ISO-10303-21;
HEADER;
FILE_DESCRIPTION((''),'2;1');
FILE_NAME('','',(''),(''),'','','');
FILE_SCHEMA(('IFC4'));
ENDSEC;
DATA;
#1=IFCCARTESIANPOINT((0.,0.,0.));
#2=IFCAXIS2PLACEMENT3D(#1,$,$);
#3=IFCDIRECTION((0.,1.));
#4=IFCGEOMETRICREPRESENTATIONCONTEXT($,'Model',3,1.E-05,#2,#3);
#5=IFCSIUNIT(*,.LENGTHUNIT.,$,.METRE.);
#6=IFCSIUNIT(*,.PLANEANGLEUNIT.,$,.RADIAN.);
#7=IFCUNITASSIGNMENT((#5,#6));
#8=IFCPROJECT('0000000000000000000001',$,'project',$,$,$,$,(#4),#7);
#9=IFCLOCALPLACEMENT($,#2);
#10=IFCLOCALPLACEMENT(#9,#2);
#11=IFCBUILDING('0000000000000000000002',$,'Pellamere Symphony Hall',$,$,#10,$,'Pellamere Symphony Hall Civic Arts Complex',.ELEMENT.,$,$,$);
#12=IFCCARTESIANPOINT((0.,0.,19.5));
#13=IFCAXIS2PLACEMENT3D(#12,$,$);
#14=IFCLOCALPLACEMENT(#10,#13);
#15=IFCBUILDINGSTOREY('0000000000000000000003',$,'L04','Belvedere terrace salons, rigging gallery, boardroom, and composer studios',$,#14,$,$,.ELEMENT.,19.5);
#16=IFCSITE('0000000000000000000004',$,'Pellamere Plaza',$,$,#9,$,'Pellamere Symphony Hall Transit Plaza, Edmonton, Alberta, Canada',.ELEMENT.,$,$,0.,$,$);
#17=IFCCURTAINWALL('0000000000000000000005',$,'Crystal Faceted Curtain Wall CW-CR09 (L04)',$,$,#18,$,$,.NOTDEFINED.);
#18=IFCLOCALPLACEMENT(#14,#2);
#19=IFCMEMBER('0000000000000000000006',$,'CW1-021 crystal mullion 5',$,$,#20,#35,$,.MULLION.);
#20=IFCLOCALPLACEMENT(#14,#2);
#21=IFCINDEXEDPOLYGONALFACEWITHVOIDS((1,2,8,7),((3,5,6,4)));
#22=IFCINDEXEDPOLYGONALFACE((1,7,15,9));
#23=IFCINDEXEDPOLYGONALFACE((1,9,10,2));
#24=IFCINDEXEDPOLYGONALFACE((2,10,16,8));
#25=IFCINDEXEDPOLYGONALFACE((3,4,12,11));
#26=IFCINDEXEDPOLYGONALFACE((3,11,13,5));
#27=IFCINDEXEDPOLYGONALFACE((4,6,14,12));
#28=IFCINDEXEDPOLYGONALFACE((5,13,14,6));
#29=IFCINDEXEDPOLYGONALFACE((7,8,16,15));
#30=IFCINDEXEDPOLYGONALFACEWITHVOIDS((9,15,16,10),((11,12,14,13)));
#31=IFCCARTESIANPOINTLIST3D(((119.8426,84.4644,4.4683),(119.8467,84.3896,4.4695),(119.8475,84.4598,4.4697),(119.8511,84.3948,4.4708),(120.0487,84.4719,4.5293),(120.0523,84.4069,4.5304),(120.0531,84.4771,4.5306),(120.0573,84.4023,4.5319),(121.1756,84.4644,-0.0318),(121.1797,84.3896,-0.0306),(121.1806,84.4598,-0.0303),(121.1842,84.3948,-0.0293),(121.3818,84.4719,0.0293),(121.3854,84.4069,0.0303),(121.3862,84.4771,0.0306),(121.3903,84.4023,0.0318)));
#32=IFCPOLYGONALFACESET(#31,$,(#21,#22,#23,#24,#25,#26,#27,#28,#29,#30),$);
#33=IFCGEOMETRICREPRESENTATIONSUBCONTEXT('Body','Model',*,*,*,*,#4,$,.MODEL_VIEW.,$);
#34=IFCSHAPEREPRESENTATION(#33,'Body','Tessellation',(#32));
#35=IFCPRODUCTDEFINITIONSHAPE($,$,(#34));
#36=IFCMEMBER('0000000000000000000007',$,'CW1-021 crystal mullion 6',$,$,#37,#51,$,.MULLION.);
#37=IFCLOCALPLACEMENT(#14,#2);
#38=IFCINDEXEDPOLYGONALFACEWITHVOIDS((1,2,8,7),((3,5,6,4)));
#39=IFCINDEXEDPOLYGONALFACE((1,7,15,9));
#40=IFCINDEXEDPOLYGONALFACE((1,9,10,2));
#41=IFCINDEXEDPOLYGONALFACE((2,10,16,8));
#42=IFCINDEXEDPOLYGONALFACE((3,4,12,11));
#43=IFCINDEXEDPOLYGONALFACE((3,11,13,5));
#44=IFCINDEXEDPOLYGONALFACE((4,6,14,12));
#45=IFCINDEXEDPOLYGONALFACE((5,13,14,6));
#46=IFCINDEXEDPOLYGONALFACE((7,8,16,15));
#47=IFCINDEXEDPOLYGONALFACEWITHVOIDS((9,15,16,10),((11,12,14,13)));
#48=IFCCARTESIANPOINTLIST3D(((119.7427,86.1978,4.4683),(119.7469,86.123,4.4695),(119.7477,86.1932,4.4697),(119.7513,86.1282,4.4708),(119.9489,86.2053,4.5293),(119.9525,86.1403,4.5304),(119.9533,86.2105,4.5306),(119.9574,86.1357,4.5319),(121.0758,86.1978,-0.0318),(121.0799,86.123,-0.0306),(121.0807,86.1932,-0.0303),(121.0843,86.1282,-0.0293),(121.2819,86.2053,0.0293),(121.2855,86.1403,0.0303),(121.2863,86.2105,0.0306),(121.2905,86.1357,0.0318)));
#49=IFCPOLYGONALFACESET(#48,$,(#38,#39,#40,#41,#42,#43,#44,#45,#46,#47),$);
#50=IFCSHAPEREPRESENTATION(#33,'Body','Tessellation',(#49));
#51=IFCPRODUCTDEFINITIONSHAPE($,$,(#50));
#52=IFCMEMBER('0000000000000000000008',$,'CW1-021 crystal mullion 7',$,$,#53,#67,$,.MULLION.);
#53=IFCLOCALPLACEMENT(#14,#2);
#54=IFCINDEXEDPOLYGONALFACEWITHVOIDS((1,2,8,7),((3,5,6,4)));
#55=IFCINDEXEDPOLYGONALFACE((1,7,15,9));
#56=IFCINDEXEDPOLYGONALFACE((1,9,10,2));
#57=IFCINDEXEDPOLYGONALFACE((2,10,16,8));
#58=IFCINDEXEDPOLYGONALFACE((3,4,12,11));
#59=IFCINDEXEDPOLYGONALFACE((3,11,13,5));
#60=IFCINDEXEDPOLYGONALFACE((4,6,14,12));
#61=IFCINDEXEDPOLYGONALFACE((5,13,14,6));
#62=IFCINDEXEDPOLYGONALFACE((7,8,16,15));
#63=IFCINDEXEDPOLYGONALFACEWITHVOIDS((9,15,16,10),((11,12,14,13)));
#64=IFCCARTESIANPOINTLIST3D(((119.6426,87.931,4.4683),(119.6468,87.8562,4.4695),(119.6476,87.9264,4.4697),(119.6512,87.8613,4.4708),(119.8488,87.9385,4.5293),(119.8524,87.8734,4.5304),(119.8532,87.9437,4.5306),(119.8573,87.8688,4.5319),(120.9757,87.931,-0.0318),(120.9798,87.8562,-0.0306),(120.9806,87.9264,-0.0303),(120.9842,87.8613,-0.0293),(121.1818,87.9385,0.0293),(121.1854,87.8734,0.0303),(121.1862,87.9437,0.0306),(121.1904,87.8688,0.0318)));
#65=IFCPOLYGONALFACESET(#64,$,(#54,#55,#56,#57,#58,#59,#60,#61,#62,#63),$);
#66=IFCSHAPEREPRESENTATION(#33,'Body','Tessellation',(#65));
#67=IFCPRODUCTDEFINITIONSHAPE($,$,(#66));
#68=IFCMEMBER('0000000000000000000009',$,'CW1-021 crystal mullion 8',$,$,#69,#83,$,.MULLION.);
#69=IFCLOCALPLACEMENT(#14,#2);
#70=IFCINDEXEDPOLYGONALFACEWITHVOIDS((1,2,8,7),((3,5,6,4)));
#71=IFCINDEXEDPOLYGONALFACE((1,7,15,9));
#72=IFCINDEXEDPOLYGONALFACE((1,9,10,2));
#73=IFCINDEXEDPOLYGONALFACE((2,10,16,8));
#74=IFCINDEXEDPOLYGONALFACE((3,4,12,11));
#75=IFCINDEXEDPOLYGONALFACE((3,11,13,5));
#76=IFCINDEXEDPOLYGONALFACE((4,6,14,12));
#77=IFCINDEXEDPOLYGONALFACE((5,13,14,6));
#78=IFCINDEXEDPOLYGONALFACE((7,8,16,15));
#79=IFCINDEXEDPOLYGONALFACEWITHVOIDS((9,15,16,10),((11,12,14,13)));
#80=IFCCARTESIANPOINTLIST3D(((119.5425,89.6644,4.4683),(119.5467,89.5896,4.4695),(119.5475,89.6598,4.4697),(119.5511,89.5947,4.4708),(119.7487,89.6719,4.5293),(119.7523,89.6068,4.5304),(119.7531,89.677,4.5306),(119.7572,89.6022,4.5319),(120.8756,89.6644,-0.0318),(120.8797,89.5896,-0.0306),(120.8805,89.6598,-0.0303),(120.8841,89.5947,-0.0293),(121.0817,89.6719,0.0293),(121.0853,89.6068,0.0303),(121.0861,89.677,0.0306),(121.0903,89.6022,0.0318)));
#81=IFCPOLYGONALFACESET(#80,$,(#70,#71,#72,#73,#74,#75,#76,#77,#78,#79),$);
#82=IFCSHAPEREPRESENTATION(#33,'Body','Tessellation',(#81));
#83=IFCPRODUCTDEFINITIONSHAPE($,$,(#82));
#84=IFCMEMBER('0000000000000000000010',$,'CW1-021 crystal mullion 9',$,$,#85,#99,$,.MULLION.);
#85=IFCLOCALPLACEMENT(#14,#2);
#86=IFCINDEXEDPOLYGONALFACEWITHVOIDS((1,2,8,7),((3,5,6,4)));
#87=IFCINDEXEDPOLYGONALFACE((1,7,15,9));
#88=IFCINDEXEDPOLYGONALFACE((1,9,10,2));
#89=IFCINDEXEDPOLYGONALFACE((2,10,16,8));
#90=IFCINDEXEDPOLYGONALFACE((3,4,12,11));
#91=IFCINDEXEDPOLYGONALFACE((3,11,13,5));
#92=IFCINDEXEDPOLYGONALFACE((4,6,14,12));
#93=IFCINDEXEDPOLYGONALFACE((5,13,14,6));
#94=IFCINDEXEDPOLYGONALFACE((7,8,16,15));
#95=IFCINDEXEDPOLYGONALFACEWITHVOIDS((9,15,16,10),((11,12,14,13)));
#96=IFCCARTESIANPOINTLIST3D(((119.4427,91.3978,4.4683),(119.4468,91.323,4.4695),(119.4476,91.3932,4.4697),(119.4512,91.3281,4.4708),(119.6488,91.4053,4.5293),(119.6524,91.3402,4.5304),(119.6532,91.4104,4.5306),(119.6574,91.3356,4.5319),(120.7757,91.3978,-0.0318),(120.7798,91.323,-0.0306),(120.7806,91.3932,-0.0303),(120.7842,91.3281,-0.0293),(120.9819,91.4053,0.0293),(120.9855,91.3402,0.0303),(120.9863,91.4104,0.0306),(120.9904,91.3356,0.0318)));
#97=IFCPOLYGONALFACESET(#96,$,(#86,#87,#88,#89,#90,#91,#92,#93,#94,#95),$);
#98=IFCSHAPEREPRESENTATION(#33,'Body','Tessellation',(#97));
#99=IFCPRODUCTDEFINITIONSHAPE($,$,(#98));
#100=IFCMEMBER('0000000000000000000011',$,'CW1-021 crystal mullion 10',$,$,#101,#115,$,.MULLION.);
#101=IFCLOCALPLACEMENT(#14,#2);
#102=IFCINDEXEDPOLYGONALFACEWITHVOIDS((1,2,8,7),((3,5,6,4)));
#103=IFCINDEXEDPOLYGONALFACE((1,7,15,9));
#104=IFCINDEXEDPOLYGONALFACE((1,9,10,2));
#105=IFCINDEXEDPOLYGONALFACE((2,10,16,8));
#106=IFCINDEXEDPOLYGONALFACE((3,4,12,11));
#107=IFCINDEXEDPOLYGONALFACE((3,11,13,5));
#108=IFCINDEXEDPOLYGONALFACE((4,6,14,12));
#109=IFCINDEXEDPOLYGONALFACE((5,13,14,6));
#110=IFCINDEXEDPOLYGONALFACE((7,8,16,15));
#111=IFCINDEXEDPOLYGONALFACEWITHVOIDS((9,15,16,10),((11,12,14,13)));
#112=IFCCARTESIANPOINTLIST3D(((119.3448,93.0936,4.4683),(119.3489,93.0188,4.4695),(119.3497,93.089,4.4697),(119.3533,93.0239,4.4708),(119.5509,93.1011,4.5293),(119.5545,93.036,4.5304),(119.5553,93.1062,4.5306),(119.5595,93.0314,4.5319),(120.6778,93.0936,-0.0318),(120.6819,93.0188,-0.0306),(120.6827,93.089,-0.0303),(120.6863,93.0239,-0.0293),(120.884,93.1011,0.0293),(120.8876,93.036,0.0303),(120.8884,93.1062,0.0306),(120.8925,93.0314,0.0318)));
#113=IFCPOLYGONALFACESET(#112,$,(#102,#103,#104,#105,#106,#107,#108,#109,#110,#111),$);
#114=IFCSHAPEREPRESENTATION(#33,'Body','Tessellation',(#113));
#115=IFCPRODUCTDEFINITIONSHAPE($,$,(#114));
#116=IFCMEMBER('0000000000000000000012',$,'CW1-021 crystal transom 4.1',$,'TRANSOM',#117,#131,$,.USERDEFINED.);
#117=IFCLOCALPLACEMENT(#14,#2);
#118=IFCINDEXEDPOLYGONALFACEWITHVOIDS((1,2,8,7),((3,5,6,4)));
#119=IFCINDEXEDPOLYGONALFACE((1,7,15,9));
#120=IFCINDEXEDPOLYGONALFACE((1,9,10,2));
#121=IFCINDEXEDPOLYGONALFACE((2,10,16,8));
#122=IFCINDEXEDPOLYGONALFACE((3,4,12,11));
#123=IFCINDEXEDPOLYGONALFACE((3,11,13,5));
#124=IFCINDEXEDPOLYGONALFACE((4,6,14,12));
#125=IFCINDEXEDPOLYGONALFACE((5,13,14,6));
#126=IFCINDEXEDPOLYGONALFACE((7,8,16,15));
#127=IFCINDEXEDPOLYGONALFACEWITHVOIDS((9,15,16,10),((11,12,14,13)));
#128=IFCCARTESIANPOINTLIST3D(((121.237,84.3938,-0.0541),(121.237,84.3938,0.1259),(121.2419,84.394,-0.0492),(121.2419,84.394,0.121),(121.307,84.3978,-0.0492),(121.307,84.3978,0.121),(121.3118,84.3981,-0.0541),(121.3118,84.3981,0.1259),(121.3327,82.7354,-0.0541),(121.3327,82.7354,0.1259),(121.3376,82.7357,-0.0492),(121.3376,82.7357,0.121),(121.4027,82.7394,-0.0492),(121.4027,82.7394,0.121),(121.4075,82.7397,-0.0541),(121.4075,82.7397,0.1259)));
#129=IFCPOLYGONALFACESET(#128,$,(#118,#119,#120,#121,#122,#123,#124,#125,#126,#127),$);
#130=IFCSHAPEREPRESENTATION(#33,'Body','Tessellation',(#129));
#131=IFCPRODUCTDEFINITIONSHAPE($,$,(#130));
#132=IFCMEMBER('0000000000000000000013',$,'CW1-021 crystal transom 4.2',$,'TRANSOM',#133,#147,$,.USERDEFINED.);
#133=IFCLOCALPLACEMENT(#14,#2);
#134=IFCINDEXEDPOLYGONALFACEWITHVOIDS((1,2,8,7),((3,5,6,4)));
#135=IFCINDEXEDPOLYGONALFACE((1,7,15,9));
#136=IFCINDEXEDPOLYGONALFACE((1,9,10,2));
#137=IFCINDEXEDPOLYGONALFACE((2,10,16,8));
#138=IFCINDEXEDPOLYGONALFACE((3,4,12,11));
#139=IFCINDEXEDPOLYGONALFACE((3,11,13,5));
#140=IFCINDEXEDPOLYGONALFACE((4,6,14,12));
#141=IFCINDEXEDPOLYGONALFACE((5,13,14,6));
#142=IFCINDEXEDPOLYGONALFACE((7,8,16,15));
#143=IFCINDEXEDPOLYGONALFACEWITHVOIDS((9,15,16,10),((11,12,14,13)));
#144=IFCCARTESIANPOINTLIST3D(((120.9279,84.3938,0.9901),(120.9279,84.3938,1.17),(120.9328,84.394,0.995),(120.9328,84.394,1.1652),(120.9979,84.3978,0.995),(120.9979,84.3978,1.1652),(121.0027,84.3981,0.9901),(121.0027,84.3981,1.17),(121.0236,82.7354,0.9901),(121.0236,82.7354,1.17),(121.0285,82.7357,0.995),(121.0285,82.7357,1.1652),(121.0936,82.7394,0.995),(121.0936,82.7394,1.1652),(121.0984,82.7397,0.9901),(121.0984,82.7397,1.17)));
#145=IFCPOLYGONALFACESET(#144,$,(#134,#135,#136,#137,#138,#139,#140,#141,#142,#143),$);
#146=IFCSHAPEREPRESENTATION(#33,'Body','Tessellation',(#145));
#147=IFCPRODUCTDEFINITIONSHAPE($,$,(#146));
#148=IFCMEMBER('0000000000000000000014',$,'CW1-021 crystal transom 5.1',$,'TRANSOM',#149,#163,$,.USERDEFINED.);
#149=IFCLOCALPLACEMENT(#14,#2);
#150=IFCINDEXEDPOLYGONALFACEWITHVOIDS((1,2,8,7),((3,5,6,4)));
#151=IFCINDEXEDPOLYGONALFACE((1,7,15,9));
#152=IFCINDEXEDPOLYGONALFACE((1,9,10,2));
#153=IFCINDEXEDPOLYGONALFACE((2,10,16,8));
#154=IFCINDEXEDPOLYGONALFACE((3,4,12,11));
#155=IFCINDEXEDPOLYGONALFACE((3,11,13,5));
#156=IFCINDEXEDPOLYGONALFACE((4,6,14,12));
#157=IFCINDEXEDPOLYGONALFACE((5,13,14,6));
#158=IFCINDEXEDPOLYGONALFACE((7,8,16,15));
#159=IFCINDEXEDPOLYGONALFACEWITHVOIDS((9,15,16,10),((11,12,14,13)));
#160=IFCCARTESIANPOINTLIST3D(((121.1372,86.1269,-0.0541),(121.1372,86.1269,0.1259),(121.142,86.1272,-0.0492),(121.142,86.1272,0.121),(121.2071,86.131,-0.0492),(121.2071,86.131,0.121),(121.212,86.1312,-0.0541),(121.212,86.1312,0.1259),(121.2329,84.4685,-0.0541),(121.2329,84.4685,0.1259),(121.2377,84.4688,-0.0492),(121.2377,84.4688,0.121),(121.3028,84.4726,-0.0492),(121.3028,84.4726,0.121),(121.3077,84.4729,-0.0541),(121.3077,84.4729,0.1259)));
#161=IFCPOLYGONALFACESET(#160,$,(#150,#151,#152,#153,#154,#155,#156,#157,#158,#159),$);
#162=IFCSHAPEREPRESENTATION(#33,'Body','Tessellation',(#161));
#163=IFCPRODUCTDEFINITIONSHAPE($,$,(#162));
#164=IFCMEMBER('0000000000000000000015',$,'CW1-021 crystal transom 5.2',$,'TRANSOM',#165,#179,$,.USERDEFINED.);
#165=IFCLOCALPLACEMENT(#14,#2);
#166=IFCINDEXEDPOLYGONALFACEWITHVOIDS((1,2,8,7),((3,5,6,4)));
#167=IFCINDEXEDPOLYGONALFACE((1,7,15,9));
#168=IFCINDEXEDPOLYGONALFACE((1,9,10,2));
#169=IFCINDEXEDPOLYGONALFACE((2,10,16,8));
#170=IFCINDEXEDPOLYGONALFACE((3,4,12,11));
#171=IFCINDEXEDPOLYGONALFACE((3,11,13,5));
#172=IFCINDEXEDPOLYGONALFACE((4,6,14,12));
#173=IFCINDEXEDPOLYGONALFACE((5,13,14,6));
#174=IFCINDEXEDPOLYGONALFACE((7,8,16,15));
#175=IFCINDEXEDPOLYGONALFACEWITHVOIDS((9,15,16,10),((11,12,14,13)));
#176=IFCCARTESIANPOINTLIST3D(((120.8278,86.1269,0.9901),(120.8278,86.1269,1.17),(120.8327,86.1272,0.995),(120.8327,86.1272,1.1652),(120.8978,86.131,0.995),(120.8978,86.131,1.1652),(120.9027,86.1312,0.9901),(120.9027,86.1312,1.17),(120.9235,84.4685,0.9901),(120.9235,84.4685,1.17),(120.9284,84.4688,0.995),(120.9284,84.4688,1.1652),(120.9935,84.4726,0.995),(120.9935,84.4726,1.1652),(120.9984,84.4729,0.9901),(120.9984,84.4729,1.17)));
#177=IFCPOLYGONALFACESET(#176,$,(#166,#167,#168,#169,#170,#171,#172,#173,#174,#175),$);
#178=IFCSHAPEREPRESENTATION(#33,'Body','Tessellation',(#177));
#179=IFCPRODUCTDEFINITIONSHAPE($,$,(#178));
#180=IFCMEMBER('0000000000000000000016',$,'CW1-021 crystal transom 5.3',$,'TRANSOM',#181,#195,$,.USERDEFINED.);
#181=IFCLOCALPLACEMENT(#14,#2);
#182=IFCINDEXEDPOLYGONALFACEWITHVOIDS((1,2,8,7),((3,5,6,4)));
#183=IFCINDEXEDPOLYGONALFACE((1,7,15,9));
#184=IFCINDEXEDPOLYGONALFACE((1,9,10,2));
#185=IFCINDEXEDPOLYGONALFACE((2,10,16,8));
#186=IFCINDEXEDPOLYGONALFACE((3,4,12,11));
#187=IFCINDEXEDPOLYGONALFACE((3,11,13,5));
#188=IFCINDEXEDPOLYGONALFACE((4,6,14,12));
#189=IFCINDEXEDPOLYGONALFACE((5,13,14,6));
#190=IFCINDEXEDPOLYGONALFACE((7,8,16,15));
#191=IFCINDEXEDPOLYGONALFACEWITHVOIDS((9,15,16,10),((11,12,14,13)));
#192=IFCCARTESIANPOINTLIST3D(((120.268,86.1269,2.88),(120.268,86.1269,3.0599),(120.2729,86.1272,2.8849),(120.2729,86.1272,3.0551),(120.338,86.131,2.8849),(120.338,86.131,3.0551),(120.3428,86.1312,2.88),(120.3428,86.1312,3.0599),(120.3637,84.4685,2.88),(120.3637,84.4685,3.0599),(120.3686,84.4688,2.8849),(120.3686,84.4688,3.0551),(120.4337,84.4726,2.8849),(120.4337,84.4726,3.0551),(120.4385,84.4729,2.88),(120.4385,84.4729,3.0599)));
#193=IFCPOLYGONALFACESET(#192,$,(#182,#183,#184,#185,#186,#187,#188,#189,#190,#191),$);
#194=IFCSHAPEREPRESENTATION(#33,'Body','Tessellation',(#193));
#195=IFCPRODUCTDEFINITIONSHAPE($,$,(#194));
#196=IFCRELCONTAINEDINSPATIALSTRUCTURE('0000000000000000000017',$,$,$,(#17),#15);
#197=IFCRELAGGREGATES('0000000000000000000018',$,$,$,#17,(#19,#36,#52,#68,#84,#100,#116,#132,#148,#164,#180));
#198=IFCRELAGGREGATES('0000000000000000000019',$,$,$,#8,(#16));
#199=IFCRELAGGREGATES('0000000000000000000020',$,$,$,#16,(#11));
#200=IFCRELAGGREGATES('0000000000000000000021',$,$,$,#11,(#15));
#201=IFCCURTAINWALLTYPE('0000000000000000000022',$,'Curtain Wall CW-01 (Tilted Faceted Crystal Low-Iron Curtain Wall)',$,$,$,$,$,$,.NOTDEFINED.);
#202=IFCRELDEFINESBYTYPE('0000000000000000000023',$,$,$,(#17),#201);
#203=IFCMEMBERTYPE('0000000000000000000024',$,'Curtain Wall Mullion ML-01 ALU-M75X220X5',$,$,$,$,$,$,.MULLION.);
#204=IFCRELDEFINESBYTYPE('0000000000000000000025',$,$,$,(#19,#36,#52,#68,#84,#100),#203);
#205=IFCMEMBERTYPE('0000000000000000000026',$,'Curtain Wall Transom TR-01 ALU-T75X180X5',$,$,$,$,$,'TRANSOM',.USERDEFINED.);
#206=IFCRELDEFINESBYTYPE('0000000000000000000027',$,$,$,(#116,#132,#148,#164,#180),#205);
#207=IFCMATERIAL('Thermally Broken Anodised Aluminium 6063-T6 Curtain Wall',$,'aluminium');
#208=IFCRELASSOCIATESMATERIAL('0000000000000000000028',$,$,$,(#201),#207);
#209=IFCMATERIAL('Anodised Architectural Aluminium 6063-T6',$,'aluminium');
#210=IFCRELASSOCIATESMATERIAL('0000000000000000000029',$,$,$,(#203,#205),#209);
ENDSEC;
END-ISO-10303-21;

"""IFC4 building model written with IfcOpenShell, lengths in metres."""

from ifc_helpers import new_model, si_unit, direction, frame, origin, origin_2d, place, context, subcontext, project, spatial, hollow_rectangle, extrude, material, material_profile, profile_set, type_object, element, aggregate, save


model = new_model("IFC4")

# Units and contexts
model_context = context("Model", 3, precision=1e-05, world=origin(), true_north=direction((0.0, 1.0)))
body_context = subcontext(model_context, "Body", "Model", "MODEL_VIEW")
ifc_project = project(units=[si_unit("LENGTHUNIT", "METRE"), si_unit("PLANEANGLEUNIT", "RADIAN")], contexts=[model_context])

# Site, building, storey
site_placement = place(None, origin())
site = spatial("IfcSite", under=ifc_project, at=site_placement, Name="Pellamere Plaza", LongName="Pellamere Symphony Hall Transit Plaza, Edmonton, Alberta, Canada", CompositionType="ELEMENT", RefElevation=0.0)
building_placement = place(site_placement, origin())
building = spatial("IfcBuilding", under=site, at=building_placement, Name="Pellamere Symphony Hall", LongName="Pellamere Symphony Hall Civic Arts Complex", CompositionType="ELEMENT")
storey_placement = place(building_placement, frame((0.0, 0.0, 19.5)))
storey = spatial("IfcBuildingStorey", under=building, at=storey_placement, Name="L04", Description="Belvedere terrace salons, rigging gallery, boardroom, and composer studios", CompositionType="ELEMENT", Elevation=19.5)

# Curtain wall, members
ifc_material_1 = material(Name="Thermally Broken Anodised Aluminium 6063-T6 Curtain Wall", Category="aluminium")
curtain_wall_type = type_object("IfcCurtainWallType", Name="Curtain Wall CW-01 (Tilted Faceted Crystal Low-Iron Curtain Wall)", PredefinedType="NOTDEFINED", material=ifc_material_1)
curtain_wall_placement = place(storey_placement, origin())
curtain_wall = element("IfcCurtainWall", 1, at=curtain_wall_placement, inside=storey, type_object=curtain_wall_type, Name="Crystal Faceted Curtain Wall CW-CR09 (L04)", PredefinedType="NOTDEFINED")
ifc_material_2 = material(Name="Anodised Architectural Aluminium 6063-T6", Category="aluminium")
ifc_material_profile_1 = material_profile(ifc_material_2, hollow_rectangle(XDim=0.075, YDim=0.22, WallThickness=0.0049, at=origin_2d()), Name="ALU-M75X220X5")
ifc_profile_set_1 = profile_set([ifc_material_profile_1], Name="Anodised Architectural Aluminium 6063-T6")
member_type_1 = type_object("IfcMemberType", Name="Curtain Wall Mullion ML-01 ALU-M75X220X5", PredefinedType="MULLION", material=ifc_profile_set_1)
member_1_placement = place(storey_placement, frame((121.283, 84.4333, 0.0), z_axis=(-0.284025, 0.0, 0.958817), x_axis=(-0.055225, 0.99834, -0.016359)))
member_1 = element("IfcMember", 2, at=member_1_placement, type_object=member_type_1, Name="CW1-021 crystal mullion 5", PredefinedType="MULLION", context=body_context, shape_type="SweptSolid", body=[
    extrude(hollow_rectangle(XDim=0.075, YDim=0.22, WallThickness=0.0049, at=origin_2d()), origin(), (0.0, 0.0, 1.0), 4.6934),
])
member_2_placement = place(storey_placement, frame((121.1831, 86.1667, 0.0), z_axis=(-0.284025, 0.0, 0.958817), x_axis=(-0.055225, 0.99834, -0.016359)))
member_2 = element("IfcMember", 3, at=member_2_placement, type_object=member_type_1, Name="CW1-021 crystal mullion 6", PredefinedType="MULLION", context=body_context, shape_type="SweptSolid", body=[
    extrude(hollow_rectangle(XDim=0.075, YDim=0.22, WallThickness=0.0049, at=origin_2d()), origin(), (0.0, 0.0, 1.0), 4.6934),
])
member_3_placement = place(storey_placement, frame((121.083, 87.8999, 0.0), z_axis=(-0.284025, 0.0, 0.958817), x_axis=(-0.055225, 0.99834, -0.016359)))
member_3 = element("IfcMember", 4, at=member_3_placement, type_object=member_type_1, Name="CW1-021 crystal mullion 7", PredefinedType="MULLION", context=body_context, shape_type="SweptSolid", body=[
    extrude(hollow_rectangle(XDim=0.075, YDim=0.22, WallThickness=0.0049, at=origin_2d()), origin(), (0.0, 0.0, 1.0), 4.6934),
])
member_4_placement = place(storey_placement, frame((120.9829, 89.6333, 0.0), z_axis=(-0.284025, 0.0, 0.958817), x_axis=(-0.055225, 0.99834, -0.016359)))
member_4 = element("IfcMember", 5, at=member_4_placement, type_object=member_type_1, Name="CW1-021 crystal mullion 8", PredefinedType="MULLION", context=body_context, shape_type="SweptSolid", body=[
    extrude(hollow_rectangle(XDim=0.075, YDim=0.22, WallThickness=0.0049, at=origin_2d()), origin(), (0.0, 0.0, 1.0), 4.6934),
])
member_5_placement = place(storey_placement, frame((120.8831, 91.3667, 0.0), z_axis=(-0.284025, 0.0, 0.958817), x_axis=(-0.055225, 0.99834, -0.016359)))
member_5 = element("IfcMember", 6, at=member_5_placement, type_object=member_type_1, Name="CW1-021 crystal mullion 9", PredefinedType="MULLION", context=body_context, shape_type="SweptSolid", body=[
    extrude(hollow_rectangle(XDim=0.075, YDim=0.22, WallThickness=0.0049, at=origin_2d()), origin(), (0.0, 0.0, 1.0), 4.6934),
])
member_6_placement = place(storey_placement, frame((120.7852, 93.0625, 0.0), z_axis=(-0.284025, 0.0, 0.958817), x_axis=(-0.055225, 0.99834, -0.016359)))
member_6 = element("IfcMember", 7, at=member_6_placement, type_object=member_type_1, Name="CW1-021 crystal mullion 10", PredefinedType="MULLION", context=body_context, shape_type="SweptSolid", body=[
    extrude(hollow_rectangle(XDim=0.075, YDim=0.22, WallThickness=0.0049, at=origin_2d()), origin(), (0.0, 0.0, 1.0), 4.6934),
])
ifc_material_profile_2 = material_profile(ifc_material_2, hollow_rectangle(XDim=0.075, YDim=0.1799, WallThickness=0.0049, at=origin_2d()), Name="ALU-T75X180X5")
ifc_profile_set_2 = profile_set([ifc_material_profile_2], Name="Anodised Architectural Aluminium 6063-T6")
member_type_2 = type_object("IfcMemberType", Name="Curtain Wall Transom TR-01 ALU-T75X180X5", ElementType="TRANSOM", PredefinedType="USERDEFINED", material=ifc_profile_set_2)
member_7_placement = place(storey_placement, frame((121.3701, 82.7375, 0.0359), z_axis=(-0.057611, 0.998339, 0.0), x_axis=(-0.998339, -0.057611, 0.0)))
member_7 = element("IfcMember", 8, at=member_7_placement, type_object=member_type_2, Name="CW1-021 crystal transom 4.1", ObjectType="TRANSOM", PredefinedType="USERDEFINED", context=body_context, shape_type="SweptSolid", body=[
    extrude(hollow_rectangle(XDim=0.075, YDim=0.1799, WallThickness=0.0049, at=origin_2d()), origin(), (0.0, 0.0, 1.0), 1.6611),
])
member_8_placement = place(storey_placement, frame((121.061, 82.7375, 1.0801), z_axis=(-0.057611, 0.998339, 0.0), x_axis=(-0.998339, -0.057611, 0.0)))
member_8 = element("IfcMember", 9, at=member_8_placement, type_object=member_type_2, Name="CW1-021 crystal transom 4.2", ObjectType="TRANSOM", PredefinedType="USERDEFINED", context=body_context, shape_type="SweptSolid", body=[
    extrude(hollow_rectangle(XDim=0.075, YDim=0.1799, WallThickness=0.0049, at=origin_2d()), origin(), (0.0, 0.0, 1.0), 1.6611),
])
member_9_placement = place(storey_placement, frame((121.2703, 84.4707, 0.0359), z_axis=(-0.057611, 0.998339, 0.0), x_axis=(-0.998339, -0.057611, 0.0)))
member_9 = element("IfcMember", 10, at=member_9_placement, type_object=member_type_2, Name="CW1-021 crystal transom 5.1", ObjectType="TRANSOM", PredefinedType="USERDEFINED", context=body_context, shape_type="SweptSolid", body=[
    extrude(hollow_rectangle(XDim=0.075, YDim=0.1799, WallThickness=0.0049, at=origin_2d()), origin(), (0.0, 0.0, 1.0), 1.6611),
])
member_10_placement = place(storey_placement, frame((120.9609, 84.4707, 1.0801), z_axis=(-0.057611, 0.998339, 0.0), x_axis=(-0.998339, -0.057611, 0.0)))
member_10 = element("IfcMember", 11, at=member_10_placement, type_object=member_type_2, Name="CW1-021 crystal transom 5.2", ObjectType="TRANSOM", PredefinedType="USERDEFINED", context=body_context, shape_type="SweptSolid", body=[
    extrude(hollow_rectangle(XDim=0.075, YDim=0.1799, WallThickness=0.0049, at=origin_2d()), origin(), (0.0, 0.0, 1.0), 1.6611),
])
member_11_placement = place(storey_placement, frame((120.4011, 84.4707, 2.97), z_axis=(-0.057611, 0.998339, 0.0), x_axis=(-0.998339, -0.057611, 0.0)))
member_11 = element("IfcMember", 12, at=member_11_placement, type_object=member_type_2, Name="CW1-021 crystal transom 5.3", ObjectType="TRANSOM", PredefinedType="USERDEFINED", context=body_context, shape_type="SweptSolid", body=[
    extrude(hollow_rectangle(XDim=0.075, YDim=0.1799, WallThickness=0.0049, at=origin_2d()), origin(), (0.0, 0.0, 1.0), 1.6611),
])
aggregate(curtain_wall, [member_1, member_2, member_3, member_4, member_5, member_6, member_7, member_8, member_9, member_10, member_11])

save(model, "model.ifc")
